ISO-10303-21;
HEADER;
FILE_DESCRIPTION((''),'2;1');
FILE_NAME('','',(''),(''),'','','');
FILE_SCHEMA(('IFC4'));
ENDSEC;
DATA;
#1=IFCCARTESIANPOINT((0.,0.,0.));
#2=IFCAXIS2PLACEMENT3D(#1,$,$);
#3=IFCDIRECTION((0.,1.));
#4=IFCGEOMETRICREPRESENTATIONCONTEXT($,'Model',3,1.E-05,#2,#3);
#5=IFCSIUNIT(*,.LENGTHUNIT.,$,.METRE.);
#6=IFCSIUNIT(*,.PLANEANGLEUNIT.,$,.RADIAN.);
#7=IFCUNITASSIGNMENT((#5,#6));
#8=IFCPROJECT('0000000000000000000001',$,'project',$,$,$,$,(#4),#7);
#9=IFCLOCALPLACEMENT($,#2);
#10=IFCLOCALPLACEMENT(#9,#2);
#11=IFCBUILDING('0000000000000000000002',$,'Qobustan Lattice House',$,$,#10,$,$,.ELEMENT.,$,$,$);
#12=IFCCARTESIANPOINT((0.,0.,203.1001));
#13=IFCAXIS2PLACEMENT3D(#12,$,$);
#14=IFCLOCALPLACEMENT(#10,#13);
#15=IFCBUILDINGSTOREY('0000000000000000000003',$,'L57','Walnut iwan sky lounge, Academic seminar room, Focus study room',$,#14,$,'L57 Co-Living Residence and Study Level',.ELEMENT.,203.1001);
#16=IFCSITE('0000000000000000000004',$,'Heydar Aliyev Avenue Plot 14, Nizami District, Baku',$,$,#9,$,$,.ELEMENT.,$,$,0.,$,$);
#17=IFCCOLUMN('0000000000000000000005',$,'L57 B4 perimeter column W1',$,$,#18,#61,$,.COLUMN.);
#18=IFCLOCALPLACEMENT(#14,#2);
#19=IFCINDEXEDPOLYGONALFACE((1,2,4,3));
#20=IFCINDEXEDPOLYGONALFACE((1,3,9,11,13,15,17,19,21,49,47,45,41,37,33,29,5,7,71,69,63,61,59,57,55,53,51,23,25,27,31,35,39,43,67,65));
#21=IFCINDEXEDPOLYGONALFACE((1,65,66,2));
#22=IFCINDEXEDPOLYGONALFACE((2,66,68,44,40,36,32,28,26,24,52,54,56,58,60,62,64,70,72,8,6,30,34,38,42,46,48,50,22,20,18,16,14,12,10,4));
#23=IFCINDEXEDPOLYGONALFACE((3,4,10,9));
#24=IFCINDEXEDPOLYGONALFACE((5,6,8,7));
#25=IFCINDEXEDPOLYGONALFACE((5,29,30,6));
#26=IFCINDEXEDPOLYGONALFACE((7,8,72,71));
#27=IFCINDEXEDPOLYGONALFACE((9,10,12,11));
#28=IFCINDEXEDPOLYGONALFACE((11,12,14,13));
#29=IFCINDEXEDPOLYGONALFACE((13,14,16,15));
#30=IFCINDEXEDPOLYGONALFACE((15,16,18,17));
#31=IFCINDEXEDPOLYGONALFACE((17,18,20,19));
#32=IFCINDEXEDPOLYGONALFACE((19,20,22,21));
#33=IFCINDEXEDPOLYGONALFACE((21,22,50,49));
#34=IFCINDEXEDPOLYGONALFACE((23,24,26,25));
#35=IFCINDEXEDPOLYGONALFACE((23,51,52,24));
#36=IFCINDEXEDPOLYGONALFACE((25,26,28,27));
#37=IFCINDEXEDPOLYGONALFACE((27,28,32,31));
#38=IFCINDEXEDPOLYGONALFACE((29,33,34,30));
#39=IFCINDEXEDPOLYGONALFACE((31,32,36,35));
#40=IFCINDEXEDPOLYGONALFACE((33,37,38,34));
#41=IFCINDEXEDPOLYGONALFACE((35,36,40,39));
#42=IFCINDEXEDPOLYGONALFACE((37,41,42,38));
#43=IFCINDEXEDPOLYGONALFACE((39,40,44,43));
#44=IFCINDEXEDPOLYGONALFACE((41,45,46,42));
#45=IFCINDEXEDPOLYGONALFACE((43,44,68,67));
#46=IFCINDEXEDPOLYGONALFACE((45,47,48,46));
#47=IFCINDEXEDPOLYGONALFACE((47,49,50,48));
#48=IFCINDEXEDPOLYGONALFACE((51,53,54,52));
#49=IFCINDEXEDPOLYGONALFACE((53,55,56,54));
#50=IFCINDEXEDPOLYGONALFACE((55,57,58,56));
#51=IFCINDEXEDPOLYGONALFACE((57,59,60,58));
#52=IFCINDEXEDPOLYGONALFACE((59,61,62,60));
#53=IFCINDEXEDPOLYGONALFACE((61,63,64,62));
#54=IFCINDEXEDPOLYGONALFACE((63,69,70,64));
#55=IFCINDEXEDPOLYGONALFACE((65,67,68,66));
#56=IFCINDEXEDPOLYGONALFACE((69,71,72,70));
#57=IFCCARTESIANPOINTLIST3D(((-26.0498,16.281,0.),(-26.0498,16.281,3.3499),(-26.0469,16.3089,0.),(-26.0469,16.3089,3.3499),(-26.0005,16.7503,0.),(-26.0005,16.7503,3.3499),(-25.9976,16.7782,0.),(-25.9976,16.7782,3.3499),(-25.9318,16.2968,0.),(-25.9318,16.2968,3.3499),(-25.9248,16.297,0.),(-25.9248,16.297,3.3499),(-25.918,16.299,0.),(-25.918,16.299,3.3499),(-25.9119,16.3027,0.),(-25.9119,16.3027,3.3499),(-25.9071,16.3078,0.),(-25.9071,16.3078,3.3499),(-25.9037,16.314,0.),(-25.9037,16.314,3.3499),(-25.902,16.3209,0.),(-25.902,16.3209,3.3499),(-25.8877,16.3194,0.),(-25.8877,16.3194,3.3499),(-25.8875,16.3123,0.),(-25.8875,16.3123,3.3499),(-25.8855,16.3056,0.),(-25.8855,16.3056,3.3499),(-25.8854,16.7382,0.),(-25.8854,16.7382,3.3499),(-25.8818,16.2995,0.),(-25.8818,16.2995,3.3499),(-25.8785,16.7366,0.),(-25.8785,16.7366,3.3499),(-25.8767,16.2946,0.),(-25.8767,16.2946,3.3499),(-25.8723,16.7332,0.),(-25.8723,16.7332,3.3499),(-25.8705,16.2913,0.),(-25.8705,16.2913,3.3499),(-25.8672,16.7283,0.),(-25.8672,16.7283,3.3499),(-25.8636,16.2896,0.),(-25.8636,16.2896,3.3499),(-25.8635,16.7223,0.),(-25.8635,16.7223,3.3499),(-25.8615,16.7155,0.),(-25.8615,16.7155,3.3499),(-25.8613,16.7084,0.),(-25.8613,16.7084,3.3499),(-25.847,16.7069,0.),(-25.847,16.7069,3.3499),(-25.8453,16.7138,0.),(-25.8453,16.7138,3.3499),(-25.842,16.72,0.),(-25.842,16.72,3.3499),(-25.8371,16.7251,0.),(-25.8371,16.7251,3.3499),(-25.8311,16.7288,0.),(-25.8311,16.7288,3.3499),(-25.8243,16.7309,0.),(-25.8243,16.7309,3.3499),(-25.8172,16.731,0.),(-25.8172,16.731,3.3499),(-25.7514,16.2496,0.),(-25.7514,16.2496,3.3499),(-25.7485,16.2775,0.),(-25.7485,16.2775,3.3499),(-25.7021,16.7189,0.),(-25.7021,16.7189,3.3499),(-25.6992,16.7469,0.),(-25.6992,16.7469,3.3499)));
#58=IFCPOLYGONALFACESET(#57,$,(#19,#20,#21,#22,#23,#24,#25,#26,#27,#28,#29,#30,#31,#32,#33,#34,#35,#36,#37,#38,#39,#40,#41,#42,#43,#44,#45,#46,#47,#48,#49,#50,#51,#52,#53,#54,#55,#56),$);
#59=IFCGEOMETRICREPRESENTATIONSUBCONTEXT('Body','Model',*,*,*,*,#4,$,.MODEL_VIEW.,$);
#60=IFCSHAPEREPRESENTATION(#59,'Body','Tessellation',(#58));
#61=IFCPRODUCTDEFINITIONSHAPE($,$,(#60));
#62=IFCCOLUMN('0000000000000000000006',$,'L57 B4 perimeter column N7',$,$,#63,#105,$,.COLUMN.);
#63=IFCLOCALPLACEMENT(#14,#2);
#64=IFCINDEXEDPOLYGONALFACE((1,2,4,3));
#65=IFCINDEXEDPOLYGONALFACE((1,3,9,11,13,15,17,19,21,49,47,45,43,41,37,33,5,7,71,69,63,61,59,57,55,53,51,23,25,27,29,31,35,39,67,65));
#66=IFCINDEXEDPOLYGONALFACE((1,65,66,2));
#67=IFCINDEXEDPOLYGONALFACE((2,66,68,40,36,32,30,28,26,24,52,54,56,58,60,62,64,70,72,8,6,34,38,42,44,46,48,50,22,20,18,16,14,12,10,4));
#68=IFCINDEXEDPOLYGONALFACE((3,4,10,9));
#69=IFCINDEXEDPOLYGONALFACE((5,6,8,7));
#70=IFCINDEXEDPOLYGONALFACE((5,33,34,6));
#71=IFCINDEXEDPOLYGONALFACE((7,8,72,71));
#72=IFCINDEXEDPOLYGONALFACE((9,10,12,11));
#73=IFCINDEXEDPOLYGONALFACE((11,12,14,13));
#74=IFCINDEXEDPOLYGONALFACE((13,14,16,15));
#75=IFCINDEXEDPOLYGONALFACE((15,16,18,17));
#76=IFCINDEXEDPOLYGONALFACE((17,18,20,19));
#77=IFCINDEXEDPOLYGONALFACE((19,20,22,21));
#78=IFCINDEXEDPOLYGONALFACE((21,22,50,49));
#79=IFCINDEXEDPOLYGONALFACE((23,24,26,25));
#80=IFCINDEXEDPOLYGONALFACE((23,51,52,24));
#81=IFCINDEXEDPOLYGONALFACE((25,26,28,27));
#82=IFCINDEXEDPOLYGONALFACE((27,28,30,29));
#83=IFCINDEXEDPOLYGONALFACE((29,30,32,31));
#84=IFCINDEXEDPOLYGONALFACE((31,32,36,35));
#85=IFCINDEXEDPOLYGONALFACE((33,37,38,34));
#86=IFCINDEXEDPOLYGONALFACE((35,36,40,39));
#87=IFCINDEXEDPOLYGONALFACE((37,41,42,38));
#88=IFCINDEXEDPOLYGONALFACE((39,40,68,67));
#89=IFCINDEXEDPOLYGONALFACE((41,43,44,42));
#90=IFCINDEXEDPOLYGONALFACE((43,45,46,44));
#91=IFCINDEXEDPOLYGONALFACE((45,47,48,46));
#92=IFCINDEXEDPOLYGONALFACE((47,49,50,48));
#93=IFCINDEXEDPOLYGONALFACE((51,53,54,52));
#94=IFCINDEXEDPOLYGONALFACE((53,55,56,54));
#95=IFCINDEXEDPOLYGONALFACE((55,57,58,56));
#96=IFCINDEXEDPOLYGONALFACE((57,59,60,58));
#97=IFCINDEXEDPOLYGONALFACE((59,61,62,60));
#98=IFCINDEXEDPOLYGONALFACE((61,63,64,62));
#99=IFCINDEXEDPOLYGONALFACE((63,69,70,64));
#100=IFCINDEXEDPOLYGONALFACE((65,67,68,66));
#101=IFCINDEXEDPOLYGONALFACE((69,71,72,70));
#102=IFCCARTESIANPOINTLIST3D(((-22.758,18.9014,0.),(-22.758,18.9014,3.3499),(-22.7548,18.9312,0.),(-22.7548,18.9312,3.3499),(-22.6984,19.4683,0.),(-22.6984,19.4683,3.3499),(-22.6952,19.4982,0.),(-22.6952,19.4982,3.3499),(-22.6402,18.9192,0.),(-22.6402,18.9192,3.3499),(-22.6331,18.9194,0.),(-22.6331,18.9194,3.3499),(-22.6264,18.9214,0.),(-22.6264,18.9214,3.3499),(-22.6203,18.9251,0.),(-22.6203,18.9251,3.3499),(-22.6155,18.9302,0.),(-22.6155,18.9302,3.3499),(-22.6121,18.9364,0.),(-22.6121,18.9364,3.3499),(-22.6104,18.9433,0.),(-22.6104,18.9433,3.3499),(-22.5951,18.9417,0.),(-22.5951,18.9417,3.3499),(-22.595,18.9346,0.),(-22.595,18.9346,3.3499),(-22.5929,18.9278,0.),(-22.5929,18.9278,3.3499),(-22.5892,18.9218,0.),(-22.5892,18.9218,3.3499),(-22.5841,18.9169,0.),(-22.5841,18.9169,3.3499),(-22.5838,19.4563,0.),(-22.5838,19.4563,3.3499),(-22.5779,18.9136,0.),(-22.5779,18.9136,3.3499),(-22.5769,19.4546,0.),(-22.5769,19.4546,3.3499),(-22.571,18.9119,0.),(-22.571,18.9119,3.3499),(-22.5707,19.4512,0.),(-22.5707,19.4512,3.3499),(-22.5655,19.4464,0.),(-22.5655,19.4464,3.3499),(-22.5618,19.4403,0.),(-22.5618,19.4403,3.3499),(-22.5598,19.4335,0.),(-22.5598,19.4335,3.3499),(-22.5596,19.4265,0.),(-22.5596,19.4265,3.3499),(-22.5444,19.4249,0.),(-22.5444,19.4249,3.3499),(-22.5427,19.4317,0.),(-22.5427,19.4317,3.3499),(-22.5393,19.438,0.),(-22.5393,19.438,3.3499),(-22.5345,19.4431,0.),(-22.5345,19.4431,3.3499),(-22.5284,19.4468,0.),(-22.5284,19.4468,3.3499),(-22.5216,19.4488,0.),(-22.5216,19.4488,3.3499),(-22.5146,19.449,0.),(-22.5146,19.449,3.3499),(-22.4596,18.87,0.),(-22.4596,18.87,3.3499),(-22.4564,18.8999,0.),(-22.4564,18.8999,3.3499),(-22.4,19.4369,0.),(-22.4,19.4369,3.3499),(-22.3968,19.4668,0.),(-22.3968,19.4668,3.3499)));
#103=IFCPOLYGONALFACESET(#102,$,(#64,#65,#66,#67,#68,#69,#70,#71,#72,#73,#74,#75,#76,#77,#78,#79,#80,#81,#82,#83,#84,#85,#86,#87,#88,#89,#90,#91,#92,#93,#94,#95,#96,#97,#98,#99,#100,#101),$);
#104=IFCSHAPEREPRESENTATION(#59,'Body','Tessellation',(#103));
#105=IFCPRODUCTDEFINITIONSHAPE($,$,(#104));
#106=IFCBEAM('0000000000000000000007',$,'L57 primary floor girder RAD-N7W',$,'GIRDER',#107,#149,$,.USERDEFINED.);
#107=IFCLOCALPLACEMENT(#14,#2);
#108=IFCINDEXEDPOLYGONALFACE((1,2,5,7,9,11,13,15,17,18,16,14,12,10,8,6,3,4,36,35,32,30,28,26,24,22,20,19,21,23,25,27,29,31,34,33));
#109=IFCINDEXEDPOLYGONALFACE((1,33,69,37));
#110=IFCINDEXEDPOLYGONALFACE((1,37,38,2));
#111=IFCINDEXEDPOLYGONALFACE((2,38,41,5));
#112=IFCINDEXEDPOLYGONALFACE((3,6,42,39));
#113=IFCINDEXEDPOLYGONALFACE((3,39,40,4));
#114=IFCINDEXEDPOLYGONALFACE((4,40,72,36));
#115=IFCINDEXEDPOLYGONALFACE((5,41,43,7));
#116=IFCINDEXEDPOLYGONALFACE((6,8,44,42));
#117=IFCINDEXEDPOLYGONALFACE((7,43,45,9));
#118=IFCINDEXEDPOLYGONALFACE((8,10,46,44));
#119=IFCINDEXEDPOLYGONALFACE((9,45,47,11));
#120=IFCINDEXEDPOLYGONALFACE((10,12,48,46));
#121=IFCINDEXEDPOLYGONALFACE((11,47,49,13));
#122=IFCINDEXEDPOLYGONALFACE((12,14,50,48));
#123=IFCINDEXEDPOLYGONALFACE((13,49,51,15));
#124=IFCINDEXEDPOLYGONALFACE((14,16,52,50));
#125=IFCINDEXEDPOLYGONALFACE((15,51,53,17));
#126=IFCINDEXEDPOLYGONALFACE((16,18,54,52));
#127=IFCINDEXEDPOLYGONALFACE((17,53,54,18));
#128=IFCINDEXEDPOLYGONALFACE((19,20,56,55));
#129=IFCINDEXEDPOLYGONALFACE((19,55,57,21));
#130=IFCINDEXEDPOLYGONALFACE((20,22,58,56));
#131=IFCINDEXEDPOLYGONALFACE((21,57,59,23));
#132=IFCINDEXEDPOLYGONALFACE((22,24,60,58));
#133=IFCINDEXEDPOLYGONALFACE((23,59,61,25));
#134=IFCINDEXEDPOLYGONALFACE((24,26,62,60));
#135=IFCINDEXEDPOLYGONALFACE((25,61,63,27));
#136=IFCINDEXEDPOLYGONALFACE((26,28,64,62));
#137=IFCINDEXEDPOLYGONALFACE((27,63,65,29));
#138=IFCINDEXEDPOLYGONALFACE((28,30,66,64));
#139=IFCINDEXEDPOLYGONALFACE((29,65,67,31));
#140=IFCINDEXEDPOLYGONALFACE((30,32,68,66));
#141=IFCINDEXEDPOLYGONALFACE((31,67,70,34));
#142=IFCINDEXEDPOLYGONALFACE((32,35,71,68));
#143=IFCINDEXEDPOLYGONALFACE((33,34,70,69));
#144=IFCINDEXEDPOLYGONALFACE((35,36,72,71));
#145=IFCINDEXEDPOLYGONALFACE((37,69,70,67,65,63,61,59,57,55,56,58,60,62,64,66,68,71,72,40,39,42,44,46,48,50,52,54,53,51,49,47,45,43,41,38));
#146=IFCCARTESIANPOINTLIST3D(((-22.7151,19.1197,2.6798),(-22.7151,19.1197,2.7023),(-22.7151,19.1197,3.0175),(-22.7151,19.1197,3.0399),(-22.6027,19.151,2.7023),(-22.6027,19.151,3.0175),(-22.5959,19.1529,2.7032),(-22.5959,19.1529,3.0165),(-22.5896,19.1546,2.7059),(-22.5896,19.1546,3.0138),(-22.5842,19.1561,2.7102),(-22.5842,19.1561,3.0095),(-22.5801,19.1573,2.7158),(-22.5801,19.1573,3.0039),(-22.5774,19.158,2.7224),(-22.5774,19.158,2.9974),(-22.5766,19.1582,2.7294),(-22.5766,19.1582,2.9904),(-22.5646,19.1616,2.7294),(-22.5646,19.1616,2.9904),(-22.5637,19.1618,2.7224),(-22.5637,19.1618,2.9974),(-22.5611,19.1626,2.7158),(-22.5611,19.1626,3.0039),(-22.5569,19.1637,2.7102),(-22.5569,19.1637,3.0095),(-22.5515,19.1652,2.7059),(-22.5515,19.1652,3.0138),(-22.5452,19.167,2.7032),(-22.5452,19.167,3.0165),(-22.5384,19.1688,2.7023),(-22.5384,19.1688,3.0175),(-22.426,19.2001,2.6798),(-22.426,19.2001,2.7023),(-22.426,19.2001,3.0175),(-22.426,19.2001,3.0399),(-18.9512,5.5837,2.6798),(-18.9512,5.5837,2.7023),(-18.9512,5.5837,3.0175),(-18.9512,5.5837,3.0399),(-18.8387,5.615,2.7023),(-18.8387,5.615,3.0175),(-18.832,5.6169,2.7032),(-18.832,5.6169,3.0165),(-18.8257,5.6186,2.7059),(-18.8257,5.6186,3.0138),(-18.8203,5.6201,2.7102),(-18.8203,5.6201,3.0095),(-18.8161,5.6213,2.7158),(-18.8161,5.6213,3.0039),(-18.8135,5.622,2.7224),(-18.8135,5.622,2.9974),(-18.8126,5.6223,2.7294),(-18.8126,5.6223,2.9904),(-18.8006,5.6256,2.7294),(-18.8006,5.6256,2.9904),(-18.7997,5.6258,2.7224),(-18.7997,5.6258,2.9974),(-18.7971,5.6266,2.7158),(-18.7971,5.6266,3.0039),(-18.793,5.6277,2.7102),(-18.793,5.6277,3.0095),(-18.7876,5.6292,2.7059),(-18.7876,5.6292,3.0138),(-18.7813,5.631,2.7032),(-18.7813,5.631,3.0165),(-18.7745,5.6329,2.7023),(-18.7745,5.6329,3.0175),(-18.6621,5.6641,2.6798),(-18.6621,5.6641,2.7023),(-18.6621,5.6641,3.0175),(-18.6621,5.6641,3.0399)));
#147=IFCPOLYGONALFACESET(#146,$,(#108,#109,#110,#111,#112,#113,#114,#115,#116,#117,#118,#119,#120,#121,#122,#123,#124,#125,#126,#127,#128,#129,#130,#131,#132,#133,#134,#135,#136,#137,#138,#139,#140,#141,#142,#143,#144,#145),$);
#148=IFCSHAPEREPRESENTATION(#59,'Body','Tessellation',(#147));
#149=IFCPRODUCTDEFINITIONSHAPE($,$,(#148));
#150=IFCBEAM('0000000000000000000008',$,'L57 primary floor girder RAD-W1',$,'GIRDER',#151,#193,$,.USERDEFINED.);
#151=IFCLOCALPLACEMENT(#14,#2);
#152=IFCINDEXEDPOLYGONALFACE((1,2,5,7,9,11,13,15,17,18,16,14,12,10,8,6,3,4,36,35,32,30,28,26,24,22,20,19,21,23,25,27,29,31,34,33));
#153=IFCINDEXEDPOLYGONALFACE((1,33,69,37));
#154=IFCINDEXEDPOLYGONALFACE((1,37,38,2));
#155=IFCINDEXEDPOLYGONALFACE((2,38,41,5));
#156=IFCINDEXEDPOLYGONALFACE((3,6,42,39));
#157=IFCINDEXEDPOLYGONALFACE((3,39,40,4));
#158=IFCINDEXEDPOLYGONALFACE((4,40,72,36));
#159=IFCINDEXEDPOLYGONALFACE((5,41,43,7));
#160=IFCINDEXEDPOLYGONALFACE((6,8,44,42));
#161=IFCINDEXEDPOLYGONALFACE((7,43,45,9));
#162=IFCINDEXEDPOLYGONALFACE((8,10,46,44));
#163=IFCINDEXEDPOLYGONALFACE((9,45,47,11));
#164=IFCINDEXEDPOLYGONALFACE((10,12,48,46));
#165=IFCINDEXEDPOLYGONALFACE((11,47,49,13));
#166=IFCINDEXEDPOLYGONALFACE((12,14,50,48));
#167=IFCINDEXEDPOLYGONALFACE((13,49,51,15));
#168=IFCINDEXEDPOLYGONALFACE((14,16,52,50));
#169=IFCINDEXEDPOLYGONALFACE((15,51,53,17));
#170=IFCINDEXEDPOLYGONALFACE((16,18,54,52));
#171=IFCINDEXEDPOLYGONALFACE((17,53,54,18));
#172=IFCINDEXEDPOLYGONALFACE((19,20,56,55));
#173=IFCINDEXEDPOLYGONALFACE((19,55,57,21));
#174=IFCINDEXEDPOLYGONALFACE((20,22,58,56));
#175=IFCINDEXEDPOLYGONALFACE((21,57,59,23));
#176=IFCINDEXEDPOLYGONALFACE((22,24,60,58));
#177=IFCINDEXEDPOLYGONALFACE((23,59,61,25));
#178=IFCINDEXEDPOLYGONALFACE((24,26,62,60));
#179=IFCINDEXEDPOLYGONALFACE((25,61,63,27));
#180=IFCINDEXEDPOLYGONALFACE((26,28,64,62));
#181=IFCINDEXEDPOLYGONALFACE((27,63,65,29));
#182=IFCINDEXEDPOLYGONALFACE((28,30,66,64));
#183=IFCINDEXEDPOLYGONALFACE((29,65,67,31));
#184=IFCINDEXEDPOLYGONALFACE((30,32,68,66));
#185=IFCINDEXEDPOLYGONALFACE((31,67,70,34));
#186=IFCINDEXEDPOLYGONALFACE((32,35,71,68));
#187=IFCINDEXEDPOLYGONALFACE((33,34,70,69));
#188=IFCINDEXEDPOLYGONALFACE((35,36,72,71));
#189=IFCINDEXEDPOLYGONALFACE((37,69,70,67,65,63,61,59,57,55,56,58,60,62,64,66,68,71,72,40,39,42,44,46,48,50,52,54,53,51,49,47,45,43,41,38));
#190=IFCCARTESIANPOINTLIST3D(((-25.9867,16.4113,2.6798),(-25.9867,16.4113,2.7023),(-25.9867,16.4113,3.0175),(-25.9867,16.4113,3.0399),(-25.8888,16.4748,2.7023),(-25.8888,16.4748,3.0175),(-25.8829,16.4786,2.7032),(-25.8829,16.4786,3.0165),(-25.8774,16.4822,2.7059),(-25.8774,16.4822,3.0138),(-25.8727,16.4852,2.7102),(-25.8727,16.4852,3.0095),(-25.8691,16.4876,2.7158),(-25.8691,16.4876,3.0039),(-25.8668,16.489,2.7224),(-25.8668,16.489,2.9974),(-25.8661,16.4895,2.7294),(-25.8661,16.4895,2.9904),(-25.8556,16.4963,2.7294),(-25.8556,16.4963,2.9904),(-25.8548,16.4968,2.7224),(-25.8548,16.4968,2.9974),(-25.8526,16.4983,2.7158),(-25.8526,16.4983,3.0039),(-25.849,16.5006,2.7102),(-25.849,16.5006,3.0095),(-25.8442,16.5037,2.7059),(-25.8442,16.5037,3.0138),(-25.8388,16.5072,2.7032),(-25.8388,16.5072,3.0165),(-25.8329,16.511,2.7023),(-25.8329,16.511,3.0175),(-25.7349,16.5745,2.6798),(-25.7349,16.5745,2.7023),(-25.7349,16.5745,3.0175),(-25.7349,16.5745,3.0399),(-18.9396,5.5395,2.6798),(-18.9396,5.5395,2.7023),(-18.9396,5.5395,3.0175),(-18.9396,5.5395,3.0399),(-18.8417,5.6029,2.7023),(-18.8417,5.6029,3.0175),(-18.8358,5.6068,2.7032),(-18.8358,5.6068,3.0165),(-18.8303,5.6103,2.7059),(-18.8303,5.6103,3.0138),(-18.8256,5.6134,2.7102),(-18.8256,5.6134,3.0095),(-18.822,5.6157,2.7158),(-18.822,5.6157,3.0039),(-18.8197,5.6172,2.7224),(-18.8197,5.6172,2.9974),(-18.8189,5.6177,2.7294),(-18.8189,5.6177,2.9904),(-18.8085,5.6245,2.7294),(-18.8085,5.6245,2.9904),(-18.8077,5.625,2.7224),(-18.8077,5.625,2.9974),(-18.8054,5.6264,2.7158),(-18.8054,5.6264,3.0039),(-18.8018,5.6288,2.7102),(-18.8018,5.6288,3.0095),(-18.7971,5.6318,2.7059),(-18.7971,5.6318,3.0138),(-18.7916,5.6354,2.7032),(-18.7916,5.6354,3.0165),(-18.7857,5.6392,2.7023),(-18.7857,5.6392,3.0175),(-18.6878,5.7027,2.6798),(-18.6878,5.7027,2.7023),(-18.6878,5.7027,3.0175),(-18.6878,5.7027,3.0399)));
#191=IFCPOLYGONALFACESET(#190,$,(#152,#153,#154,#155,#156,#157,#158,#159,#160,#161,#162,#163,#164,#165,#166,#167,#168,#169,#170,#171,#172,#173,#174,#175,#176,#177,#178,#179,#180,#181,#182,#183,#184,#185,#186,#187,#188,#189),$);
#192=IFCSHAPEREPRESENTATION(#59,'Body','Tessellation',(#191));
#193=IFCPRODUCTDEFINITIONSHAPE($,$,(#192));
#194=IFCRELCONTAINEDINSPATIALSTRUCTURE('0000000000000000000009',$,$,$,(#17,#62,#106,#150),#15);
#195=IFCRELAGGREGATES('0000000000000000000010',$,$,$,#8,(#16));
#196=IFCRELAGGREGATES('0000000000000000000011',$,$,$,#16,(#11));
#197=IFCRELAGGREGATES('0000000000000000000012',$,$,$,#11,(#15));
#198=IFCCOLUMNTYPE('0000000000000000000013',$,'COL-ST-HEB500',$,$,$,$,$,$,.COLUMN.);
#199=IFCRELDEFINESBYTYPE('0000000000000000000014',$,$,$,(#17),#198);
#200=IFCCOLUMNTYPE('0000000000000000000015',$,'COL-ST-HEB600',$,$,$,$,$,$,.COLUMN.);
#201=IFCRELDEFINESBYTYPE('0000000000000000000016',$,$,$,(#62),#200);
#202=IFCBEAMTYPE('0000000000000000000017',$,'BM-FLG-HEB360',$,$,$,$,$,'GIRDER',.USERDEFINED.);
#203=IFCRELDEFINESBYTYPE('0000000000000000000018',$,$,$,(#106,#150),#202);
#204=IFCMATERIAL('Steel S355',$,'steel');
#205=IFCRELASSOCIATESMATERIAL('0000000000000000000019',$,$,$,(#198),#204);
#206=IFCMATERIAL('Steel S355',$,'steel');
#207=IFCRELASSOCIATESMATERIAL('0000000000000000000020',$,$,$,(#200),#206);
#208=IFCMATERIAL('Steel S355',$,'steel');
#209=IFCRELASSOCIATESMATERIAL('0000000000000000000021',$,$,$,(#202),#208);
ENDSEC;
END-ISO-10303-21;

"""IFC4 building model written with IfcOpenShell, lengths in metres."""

from ifc_helpers import new_model, si_unit, direction, frame, origin, origin_2d, place, context, subcontext, project, spatial, i_section, extrude, material, material_profile, profile_set, type_object, element, save


model = new_model("IFC4")

# Units and contexts
model_context = context("Model", 3, precision=1e-05, world=origin(), true_north=direction((0.0, 1.0)))
body_context = subcontext(model_context, "Body", "Model", "MODEL_VIEW")
ifc_project = project(units=[si_unit("LENGTHUNIT", "METRE"), si_unit("PLANEANGLEUNIT", "RADIAN")], contexts=[model_context])

# Site, building, storey
site_placement = place(None, origin())
site = spatial("IfcSite", under=ifc_project, at=site_placement, Name="Heydar Aliyev Avenue Plot 14, Nizami District, Baku", CompositionType="ELEMENT", RefElevation=0.0)
building_placement = place(site_placement, origin())
building = spatial("IfcBuilding", under=site, at=building_placement, Name="Qobustan Lattice House", CompositionType="ELEMENT")
storey_placement = place(building_placement, frame((0.0, 0.0, 203.1001)))
storey = spatial("IfcBuildingStorey", under=building, at=storey_placement, Name="L57", Description="Walnut iwan sky lounge, Academic seminar room, Focus study room", LongName="L57 Co-Living Residence and Study Level", CompositionType="ELEMENT", Elevation=203.1001)

# Columns
ifc_material_1 = material(Name="Steel S355", Category="steel")
ifc_material_profile_1 = material_profile(ifc_material_1, i_section(OverallWidth=0.3, OverallDepth=0.5, WebThickness=0.0144, FlangeThickness=0.0281, FilletRadius=0.0271, at=origin_2d()), Name="HEB500")
ifc_profile_set_1 = profile_set([ifc_material_profile_1], Name="Steel S355")
column_type_1 = type_object("IfcColumnType", Name="COL-ST-HEB500", PredefinedType="COLUMN", material=ifc_profile_set_1)
column_1_placement = place(storey_placement, frame((-25.8745, 16.5139, 0.0), z_axis=(0.0, 0.0, 1.0), x_axis=(0.994522, -0.104528, 0.0)))
element("IfcColumn", 1, at=column_1_placement, inside=storey, type_object=column_type_1, Name="L57 B4 perimeter column W1", PredefinedType="COLUMN", context=body_context, shape_type="SweptSolid", body=[
    extrude(i_section(OverallWidth=0.3, OverallDepth=0.5, WebThickness=0.0144, FlangeThickness=0.0281, FilletRadius=0.0271, at=origin_2d()), origin(), (0.0, 0.0, 1.0), 3.3499),
])
ifc_material_2 = material(Name="Steel S355", Category="steel")
ifc_material_profile_2 = material_profile(ifc_material_2, i_section(OverallWidth=0.3, OverallDepth=0.6001, WebThickness=0.0154, FlangeThickness=0.03, FilletRadius=0.0271, at=origin_2d()), Name="HEB600")
ifc_profile_set_2 = profile_set([ifc_material_profile_2], Name="Steel S355")
column_type_2 = type_object("IfcColumnType", Name="COL-ST-HEB600", PredefinedType="COLUMN", material=ifc_profile_set_2)
column_2_placement = place(storey_placement, frame((-22.5774, 19.1841, 0.0), z_axis=(0.0, 0.0, 1.0), x_axis=(0.994522, -0.104528, 0.0)))
element("IfcColumn", 2, at=column_2_placement, inside=storey, type_object=column_type_2, Name="L57 B4 perimeter column N7", PredefinedType="COLUMN", context=body_context, shape_type="SweptSolid", body=[
    extrude(i_section(OverallWidth=0.3, OverallDepth=0.6001, WebThickness=0.0154, FlangeThickness=0.03, FilletRadius=0.0271, at=origin_2d()), origin(), (0.0, 0.0, 1.0), 3.3499),
])

# Beams
ifc_material_3 = material(Name="Steel S355", Category="steel")
ifc_material_profile_3 = material_profile(ifc_material_3, i_section(OverallWidth=0.3, OverallDepth=0.3601, WebThickness=0.0125, FlangeThickness=0.0225, FilletRadius=0.0271, at=origin_2d()), Name="HEB360")
ifc_profile_set_3 = profile_set([ifc_material_profile_3], Name="Steel S355")
beam_type_1 = type_object("IfcBeamType", Name="BM-FLG-HEB360", ElementType="GIRDER", PredefinedType="USERDEFINED", material=ifc_profile_set_3)
beam_1_placement = place(storey_placement, frame((-22.5706, 19.1599, 2.8599), z_axis=(0.267905, -0.963445, 0.0), x_axis=(0.963445, 0.267905, 0.0)))
element("IfcBeam", 3, at=beam_1_placement, inside=storey, type_object=beam_type_1, Name="L57 primary floor girder RAD-N7W", ObjectType="GIRDER", PredefinedType="USERDEFINED", context=body_context, shape_type="SweptSolid", body=[
    extrude(i_section(OverallWidth=0.3, OverallDepth=0.3601, WebThickness=0.0125, FlangeThickness=0.0225, FilletRadius=0.0271, at=origin_2d()), origin(), (0.0, 0.0, 1.0), 14.0496),
])
beam_2_placement = place(storey_placement, frame((-25.8608, 16.4929, 2.8599), z_axis=(0.543926, -0.839133, 0.0), x_axis=(0.839133, 0.543926, 0.0)))
element("IfcBeam", 4, at=beam_2_placement, inside=storey, type_object=beam_type_1, Name="L57 primary floor girder RAD-W1", ObjectType="GIRDER", PredefinedType="USERDEFINED", context=body_context, shape_type="SweptSolid", body=[
    extrude(i_section(OverallWidth=0.3, OverallDepth=0.3601, WebThickness=0.0125, FlangeThickness=0.0225, FilletRadius=0.0271, at=origin_2d()), origin(), (0.0, 0.0, 1.0), 12.9561),
])

save(model, "model.ifc")
